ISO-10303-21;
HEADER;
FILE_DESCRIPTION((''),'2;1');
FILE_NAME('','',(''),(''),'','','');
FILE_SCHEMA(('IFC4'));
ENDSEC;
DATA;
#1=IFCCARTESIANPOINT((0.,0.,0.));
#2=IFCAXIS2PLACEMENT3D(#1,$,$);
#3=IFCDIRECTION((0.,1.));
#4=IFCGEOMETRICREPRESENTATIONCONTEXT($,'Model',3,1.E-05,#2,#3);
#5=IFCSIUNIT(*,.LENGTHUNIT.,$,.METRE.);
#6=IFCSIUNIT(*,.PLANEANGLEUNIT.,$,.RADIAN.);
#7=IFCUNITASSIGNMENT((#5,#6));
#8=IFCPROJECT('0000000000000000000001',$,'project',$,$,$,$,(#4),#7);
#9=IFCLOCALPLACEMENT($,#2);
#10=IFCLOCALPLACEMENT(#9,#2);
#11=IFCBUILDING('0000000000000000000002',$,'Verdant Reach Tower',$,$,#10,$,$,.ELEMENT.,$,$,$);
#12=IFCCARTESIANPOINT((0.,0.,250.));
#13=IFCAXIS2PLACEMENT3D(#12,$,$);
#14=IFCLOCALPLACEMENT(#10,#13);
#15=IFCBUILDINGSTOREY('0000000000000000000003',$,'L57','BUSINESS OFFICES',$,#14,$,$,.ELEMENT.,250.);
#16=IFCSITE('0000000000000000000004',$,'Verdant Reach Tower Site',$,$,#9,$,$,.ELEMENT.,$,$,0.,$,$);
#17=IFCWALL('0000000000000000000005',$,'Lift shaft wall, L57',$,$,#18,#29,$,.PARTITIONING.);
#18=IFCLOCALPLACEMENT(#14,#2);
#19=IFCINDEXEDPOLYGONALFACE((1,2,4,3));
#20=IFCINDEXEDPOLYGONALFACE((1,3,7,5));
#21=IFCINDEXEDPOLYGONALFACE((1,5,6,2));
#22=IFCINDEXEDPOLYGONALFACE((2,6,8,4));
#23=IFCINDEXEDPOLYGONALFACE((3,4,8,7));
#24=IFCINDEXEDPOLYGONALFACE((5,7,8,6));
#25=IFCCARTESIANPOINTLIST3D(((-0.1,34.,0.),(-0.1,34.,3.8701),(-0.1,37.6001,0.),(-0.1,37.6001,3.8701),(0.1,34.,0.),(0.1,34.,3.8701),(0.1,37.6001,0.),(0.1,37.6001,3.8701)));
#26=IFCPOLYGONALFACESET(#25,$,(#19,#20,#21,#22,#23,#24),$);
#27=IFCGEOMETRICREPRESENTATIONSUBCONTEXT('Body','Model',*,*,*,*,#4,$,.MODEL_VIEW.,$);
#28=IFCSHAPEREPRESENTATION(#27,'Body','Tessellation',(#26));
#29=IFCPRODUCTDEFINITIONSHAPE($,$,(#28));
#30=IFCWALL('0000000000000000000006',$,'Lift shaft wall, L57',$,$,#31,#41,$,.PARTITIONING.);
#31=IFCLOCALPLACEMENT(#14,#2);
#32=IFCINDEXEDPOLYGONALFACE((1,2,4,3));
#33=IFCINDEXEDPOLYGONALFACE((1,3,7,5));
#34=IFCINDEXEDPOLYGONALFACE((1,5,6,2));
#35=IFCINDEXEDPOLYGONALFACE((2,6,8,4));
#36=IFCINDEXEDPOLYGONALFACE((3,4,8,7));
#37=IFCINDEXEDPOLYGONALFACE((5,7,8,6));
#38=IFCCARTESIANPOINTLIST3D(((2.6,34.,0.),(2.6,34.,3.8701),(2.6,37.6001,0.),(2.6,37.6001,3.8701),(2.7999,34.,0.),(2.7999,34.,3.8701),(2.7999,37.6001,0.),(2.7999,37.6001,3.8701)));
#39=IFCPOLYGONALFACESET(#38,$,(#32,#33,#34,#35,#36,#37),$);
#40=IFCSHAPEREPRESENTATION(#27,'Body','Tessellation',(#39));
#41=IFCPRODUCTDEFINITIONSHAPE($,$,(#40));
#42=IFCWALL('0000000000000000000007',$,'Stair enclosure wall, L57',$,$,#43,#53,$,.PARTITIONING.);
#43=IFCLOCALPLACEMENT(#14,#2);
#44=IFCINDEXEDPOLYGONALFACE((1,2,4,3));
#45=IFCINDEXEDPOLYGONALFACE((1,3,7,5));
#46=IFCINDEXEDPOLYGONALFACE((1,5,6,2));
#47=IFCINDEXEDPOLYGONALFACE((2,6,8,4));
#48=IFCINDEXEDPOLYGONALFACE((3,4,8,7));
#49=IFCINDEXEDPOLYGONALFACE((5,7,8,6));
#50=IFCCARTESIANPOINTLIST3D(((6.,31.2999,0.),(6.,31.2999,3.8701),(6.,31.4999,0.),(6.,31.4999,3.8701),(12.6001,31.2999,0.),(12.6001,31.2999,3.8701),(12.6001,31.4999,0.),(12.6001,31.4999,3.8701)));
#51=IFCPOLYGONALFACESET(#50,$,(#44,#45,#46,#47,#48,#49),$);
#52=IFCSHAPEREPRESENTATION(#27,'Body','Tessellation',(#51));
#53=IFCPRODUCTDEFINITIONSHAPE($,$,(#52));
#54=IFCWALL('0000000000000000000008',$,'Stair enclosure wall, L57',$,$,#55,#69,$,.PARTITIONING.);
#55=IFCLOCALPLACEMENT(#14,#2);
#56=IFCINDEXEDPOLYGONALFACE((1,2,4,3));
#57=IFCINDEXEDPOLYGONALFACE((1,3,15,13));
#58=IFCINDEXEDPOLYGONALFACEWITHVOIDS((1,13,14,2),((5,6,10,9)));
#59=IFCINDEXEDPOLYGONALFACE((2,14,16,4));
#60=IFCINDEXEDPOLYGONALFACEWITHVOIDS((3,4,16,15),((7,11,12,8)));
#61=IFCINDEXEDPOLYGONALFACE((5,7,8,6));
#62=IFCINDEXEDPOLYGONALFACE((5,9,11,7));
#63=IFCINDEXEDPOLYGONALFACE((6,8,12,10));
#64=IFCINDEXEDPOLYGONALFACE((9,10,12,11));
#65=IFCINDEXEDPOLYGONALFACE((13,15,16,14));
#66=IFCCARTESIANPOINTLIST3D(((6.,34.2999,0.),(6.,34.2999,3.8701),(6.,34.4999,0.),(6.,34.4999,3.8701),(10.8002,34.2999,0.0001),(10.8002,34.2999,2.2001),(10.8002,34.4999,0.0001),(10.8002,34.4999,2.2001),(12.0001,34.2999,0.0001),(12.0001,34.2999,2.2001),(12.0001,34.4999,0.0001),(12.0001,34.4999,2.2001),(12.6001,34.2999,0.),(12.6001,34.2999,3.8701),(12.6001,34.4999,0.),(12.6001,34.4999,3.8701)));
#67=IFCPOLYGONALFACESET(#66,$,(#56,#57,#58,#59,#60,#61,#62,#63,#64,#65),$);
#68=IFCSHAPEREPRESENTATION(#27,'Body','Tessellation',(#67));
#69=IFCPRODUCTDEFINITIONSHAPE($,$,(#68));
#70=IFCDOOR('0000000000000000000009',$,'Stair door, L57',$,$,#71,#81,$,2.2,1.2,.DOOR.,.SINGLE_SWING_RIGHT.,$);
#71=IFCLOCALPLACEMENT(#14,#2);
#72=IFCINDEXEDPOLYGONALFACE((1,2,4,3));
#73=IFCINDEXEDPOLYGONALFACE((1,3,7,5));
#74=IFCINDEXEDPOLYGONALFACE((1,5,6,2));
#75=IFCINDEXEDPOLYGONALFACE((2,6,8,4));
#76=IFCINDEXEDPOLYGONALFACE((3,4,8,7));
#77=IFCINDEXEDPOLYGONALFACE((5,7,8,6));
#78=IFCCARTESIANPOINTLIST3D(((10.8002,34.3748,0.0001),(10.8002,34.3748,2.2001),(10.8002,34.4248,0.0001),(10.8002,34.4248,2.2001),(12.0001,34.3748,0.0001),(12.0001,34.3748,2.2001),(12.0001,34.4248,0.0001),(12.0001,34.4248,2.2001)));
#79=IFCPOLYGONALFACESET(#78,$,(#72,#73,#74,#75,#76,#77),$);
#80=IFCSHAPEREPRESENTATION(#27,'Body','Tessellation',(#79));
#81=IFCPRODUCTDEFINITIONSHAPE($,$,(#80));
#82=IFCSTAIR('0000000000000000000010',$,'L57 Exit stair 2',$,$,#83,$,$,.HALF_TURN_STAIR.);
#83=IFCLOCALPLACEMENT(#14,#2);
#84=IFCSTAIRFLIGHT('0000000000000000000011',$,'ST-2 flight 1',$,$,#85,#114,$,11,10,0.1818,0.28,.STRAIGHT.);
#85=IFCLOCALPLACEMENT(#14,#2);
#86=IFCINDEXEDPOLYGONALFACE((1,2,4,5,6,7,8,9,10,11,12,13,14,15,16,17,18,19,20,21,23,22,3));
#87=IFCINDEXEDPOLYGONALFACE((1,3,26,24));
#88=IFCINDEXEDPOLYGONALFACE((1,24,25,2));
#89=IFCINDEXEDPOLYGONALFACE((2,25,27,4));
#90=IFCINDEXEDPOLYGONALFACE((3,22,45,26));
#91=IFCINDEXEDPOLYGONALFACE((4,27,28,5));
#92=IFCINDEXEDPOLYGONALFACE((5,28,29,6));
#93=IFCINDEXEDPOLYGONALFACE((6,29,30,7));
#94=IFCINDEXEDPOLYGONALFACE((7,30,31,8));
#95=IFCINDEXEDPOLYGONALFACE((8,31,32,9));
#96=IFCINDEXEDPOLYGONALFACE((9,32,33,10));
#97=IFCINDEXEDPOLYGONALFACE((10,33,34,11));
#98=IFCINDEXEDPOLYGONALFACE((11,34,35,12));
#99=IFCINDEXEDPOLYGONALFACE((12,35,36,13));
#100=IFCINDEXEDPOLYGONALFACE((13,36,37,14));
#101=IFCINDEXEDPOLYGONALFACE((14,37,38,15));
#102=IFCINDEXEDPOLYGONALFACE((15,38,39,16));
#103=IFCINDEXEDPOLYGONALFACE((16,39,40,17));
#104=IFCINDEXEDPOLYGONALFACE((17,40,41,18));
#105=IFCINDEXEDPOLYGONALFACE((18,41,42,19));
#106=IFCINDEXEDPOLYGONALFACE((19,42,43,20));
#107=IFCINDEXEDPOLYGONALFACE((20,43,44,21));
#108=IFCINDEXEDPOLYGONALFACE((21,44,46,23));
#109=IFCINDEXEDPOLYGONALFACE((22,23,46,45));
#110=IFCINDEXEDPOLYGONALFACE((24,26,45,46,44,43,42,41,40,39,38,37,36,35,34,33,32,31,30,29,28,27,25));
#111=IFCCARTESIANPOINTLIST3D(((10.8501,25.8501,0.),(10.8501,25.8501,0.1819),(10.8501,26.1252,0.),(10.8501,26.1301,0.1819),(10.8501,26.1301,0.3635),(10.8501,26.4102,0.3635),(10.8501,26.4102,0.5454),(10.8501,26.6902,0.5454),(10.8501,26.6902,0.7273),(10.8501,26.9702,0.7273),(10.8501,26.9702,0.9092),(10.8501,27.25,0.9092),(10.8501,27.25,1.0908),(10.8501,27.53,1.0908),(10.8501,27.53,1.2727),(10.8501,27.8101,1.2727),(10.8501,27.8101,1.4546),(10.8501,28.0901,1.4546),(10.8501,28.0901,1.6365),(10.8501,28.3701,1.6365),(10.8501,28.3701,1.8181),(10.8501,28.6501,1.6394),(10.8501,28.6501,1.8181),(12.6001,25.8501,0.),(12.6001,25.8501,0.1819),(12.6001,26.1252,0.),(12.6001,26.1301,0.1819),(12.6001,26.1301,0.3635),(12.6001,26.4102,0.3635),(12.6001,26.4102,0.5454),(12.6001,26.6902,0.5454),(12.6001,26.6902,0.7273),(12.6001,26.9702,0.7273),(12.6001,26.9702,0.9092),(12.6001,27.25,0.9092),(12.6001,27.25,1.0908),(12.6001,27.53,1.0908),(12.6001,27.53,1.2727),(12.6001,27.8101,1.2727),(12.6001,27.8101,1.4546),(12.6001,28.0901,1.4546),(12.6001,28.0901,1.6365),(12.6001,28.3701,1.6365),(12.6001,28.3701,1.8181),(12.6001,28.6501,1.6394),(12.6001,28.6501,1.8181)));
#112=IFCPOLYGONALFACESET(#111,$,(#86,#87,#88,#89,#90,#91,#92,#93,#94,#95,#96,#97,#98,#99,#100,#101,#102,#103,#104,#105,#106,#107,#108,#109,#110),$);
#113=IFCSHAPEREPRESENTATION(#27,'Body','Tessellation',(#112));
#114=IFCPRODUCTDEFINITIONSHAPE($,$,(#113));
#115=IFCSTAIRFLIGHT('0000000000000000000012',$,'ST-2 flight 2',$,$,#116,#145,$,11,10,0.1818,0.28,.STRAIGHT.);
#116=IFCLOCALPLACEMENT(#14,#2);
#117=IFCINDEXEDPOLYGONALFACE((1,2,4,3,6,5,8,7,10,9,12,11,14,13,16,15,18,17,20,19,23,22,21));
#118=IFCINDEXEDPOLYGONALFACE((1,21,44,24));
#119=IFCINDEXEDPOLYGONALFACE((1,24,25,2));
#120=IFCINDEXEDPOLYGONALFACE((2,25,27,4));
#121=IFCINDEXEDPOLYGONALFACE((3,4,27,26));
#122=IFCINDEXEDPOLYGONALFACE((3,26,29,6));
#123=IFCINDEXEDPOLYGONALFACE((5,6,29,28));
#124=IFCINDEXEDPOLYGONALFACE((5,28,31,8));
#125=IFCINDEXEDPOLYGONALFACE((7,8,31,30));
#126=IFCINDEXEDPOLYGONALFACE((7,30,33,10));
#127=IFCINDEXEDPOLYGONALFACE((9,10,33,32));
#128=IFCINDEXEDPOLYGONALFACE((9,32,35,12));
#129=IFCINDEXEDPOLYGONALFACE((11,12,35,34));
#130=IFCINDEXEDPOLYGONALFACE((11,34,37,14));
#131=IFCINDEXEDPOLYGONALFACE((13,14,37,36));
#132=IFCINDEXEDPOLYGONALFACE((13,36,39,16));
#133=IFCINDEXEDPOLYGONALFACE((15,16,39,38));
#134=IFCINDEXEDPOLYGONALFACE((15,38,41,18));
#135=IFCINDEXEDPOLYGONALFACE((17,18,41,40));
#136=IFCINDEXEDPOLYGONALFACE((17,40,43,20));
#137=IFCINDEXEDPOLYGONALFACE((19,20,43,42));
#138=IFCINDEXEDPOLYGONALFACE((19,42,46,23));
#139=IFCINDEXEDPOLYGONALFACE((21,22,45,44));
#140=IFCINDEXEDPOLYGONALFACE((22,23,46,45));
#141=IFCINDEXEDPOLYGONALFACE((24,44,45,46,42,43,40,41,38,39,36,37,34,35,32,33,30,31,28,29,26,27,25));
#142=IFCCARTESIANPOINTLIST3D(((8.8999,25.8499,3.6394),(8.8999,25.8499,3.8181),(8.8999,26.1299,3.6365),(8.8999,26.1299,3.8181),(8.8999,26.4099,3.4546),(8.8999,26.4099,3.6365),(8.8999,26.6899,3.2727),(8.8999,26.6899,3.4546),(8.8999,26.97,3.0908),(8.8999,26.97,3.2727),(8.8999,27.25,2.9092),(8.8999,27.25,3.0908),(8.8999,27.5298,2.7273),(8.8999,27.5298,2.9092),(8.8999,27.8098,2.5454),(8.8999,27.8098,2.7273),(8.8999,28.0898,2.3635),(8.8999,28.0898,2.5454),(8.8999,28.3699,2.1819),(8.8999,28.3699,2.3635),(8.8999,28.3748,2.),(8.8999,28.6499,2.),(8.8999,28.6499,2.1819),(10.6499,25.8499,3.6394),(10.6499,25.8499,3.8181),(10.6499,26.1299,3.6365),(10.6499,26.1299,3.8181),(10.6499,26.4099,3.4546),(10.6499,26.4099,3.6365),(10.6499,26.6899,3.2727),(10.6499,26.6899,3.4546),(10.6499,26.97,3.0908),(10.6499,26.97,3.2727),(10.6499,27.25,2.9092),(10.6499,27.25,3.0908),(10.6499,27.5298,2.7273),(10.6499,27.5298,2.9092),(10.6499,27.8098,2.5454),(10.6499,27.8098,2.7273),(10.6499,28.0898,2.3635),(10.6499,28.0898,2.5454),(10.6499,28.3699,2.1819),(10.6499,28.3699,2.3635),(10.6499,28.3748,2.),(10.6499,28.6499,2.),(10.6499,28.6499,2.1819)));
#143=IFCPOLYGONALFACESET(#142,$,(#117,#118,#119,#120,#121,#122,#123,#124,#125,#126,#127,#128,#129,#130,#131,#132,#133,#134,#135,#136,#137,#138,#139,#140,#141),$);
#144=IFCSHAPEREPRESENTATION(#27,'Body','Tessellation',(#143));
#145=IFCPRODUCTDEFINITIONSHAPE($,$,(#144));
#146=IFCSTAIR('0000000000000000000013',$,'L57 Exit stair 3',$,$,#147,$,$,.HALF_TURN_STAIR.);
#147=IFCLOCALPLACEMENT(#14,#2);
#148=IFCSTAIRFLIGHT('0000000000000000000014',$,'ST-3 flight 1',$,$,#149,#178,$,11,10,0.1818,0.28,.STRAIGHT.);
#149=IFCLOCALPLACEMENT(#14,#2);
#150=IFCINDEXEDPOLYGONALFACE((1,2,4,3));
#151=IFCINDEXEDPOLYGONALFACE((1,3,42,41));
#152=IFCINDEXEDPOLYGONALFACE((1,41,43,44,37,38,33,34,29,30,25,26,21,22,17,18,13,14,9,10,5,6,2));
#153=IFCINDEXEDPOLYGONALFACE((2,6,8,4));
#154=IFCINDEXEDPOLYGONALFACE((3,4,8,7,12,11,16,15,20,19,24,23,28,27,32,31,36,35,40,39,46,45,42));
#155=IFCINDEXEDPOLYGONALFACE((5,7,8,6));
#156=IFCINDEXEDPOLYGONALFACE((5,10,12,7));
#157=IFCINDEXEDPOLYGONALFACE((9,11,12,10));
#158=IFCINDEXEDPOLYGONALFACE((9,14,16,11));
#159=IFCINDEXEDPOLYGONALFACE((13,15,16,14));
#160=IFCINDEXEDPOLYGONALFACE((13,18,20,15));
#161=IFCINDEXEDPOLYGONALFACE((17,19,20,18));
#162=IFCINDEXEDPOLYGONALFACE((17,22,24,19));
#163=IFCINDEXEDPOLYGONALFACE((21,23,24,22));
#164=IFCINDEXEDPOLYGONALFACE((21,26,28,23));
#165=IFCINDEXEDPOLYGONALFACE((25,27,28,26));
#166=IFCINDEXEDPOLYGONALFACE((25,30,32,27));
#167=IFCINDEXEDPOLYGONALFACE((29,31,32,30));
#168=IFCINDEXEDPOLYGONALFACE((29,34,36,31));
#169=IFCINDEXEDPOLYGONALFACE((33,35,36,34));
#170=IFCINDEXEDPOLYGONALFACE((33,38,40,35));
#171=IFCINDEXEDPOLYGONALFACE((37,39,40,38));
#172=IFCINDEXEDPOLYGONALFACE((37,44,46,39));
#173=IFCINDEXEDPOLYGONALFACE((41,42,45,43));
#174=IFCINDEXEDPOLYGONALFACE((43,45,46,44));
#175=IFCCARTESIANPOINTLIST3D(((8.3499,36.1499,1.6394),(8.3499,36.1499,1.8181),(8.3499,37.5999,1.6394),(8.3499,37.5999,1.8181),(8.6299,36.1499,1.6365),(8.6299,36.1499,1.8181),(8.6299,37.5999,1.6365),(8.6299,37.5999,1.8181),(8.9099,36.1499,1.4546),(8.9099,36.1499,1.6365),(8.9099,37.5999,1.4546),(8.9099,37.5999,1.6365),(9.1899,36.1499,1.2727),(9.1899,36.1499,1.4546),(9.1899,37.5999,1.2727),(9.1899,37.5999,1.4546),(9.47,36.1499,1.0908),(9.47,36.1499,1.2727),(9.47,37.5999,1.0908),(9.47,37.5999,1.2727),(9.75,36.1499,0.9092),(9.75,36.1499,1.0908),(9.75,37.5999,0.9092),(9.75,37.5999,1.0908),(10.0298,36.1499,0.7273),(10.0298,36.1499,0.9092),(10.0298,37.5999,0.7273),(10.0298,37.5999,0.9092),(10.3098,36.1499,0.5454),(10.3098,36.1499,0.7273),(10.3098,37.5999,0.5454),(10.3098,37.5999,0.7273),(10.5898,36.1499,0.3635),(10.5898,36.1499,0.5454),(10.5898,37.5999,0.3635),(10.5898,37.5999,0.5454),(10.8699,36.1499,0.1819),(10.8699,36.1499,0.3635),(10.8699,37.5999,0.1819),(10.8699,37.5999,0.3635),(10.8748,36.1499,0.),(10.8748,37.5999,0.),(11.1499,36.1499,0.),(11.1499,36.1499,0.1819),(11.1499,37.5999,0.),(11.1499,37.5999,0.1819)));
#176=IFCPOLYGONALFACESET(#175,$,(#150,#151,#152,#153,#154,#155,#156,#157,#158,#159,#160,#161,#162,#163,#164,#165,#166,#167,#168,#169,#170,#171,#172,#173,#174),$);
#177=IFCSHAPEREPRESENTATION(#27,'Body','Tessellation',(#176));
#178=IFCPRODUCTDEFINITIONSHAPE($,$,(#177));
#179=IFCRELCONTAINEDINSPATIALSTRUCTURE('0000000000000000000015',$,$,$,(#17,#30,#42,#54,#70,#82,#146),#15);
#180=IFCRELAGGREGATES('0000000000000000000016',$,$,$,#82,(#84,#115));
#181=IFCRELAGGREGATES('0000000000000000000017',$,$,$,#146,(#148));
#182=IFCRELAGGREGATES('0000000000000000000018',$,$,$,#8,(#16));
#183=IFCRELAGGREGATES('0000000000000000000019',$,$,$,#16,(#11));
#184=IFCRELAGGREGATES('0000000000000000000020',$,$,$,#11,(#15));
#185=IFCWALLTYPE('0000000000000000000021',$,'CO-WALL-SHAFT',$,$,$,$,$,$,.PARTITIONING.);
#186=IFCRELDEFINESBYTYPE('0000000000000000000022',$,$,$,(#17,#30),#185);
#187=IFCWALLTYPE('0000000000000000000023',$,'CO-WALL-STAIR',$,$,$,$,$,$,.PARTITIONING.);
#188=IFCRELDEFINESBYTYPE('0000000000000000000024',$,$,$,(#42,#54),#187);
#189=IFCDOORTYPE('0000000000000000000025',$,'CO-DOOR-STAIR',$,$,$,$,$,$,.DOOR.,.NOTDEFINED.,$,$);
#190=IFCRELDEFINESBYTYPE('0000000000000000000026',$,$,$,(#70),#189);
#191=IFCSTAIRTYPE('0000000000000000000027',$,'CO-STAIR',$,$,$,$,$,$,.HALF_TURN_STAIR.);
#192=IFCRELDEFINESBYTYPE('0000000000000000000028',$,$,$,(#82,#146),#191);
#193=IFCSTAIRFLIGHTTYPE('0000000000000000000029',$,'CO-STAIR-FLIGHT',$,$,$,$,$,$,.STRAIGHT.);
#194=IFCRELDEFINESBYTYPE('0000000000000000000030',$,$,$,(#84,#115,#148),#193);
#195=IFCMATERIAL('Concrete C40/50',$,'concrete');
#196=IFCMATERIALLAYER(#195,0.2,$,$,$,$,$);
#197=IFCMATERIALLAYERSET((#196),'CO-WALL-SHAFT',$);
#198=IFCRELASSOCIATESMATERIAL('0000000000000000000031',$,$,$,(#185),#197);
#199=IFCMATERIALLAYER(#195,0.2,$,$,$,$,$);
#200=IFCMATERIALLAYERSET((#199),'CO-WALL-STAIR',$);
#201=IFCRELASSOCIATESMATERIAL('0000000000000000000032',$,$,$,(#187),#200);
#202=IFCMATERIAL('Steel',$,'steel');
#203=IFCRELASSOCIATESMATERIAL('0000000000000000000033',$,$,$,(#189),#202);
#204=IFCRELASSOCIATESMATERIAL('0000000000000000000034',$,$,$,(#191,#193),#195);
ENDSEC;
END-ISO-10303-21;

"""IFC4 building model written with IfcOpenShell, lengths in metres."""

from ifc_helpers import new_model, si_unit, direction, frame, frame_2d, origin, place, context, subcontext, project, spatial, polyline, rectangle, outline, extrude, material, layer, layer_set, type_object, element, fill, aggregate, save


model = new_model("IFC4")

# Units and contexts
model_context = context("Model", 3, precision=1e-05, world=origin(), true_north=direction((0.0, 1.0)))
body_context = subcontext(model_context, "Body", "Model", "MODEL_VIEW")
ifc_project = project(units=[si_unit("LENGTHUNIT", "METRE"), si_unit("PLANEANGLEUNIT", "RADIAN")], contexts=[model_context])

# Site, building, storey
site_placement = place(None, origin())
site = spatial("IfcSite", under=ifc_project, at=site_placement, Name="Verdant Reach Tower Site", CompositionType="ELEMENT", RefElevation=0.0)
building_placement = place(site_placement, origin())
building = spatial("IfcBuilding", under=site, at=building_placement, Name="Verdant Reach Tower", CompositionType="ELEMENT")
storey_placement = place(building_placement, frame((0.0, 0.0, 250.0)))
storey = spatial("IfcBuildingStorey", under=building, at=storey_placement, Name="L57", Description="BUSINESS OFFICES", CompositionType="ELEMENT", Elevation=250.0)

# Walls
ifc_material_1 = material(Name="Concrete C40/50", Category="concrete")
ifc_layer_1 = layer(ifc_material_1, 0.2)
ifc_layer_set_1 = layer_set([ifc_layer_1], Name="CO-WALL-SHAFT")
wall_type_1 = type_object("IfcWallType", Name="CO-WALL-SHAFT", PredefinedType="PARTITIONING", material=ifc_layer_set_1)
for number, where, z_axis, x_axis, name in (
    (1, (0.0, 34.0, 0.0), (0.0, 0.0, 1.0), (0.0, 1.0, 0.0), "Lift shaft wall, L57"),
    (2, (2.7, 34.0, 0.0), (0.0, 0.0, 1.0), (0.0, 1.0, 0.0), "Lift shaft wall, L57"),
):
    element("IfcWall", number, at=place(storey_placement, frame(where, z_axis=z_axis, x_axis=x_axis)), inside=storey, type_object=wall_type_1, Name=name, PredefinedType="PARTITIONING", context=body_context, shape_type="SweptSolid", body=[
        extrude(rectangle(XDim=3.6001, YDim=0.2, at=frame_2d((1.8, 0.0))), origin(), (0.0, 0.0, 1.0), 3.8701),
    ])
ifc_layer_2 = layer(ifc_material_1, 0.2)
ifc_layer_set_2 = layer_set([ifc_layer_2], Name="CO-WALL-STAIR")
wall_type_2 = type_object("IfcWallType", Name="CO-WALL-STAIR", PredefinedType="PARTITIONING", material=ifc_layer_set_2)
wall_1_placement = place(storey_placement, frame((6.0, 31.3999, 0.0), z_axis=(0.0, 0.0, 1.0), x_axis=(1.0, 0.0, 0.0)))
element("IfcWall", 3, at=wall_1_placement, inside=storey, type_object=wall_type_2, Name="Stair enclosure wall, L57", PredefinedType="PARTITIONING", context=body_context, shape_type="SweptSolid", body=[
    extrude(rectangle(XDim=6.6001, YDim=0.2, at=frame_2d((3.3, 0.0))), origin(), (0.0, 0.0, 1.0), 3.8701),
])

# Wall, opening, door
wall_2_placement = place(storey_placement, frame((6.0, 34.3999, 0.0), z_axis=(0.0, 0.0, 1.0), x_axis=(1.0, 0.0, 0.0)))
wall_2 = element("IfcWall", 4, at=wall_2_placement, inside=storey, type_object=wall_type_2, Name="Stair enclosure wall, L57", PredefinedType="PARTITIONING", context=body_context, shape_type="SweptSolid", body=[
    extrude(rectangle(XDim=6.6001, YDim=0.2, at=frame_2d((3.3, 0.0))), origin(), (0.0, 0.0, 1.0), 3.8701),
])
opening_placement = place(wall_2_placement, frame((4.8, 0.0, 0.0)))
opening = element("IfcOpeningElement", 5, at=opening_placement, cuts=wall_2, PredefinedType="OPENING", context=body_context, shape_type="SweptSolid", body=[
    extrude(rectangle(XDim=1.2, YDim=2.2, at=frame_2d((0.6001, 1.1001))), frame((0.0, 0.1099, 0.0), z_axis=(0.0, -1.0, 0.0), x_axis=(1.0, 0.0, 0.0)), (0.0, 0.0, 1.0), 0.22),
])
ifc_material_2 = material(Name="Steel", Category="steel")
door_type = type_object("IfcDoorType", Name="CO-DOOR-STAIR", OperationType="NOTDEFINED", PredefinedType="DOOR", material=ifc_material_2)
door_placement = place(opening_placement, origin())
door = element("IfcDoor", 6, at=door_placement, inside=storey, type_object=door_type, Name="Stair door, L57", OperationType="SINGLE_SWING_RIGHT", OverallHeight=2.2, OverallWidth=1.2, PredefinedType="DOOR", context=body_context, shape_type="SweptSolid", body=[
    extrude(rectangle(XDim=1.2, YDim=2.2, at=frame_2d((0.6001, 1.1001))), frame((0.0, 0.0249, 0.0), z_axis=(0.0, -1.0, 0.0), x_axis=(1.0, 0.0, 0.0)), (0.0, 0.0, 1.0), 0.05),
])
fill(opening, door)

# Stairs, stair flights
stair_type = type_object("IfcStairType", Name="CO-STAIR", PredefinedType="HALF_TURN_STAIR", material=ifc_material_1)
stair_1_placement = place(storey_placement, origin())
stair_1 = element("IfcStair", 7, at=stair_1_placement, inside=storey, type_object=stair_type, Name="L57 Exit stair 2", PredefinedType="HALF_TURN_STAIR")
stair_flight_type = type_object("IfcStairFlightType", Name="CO-STAIR-FLIGHT", PredefinedType="STRAIGHT", material=ifc_material_1)
stair_flight_1_placement = place(storey_placement, frame((11.7251, 25.8501, 0.0), z_axis=(0.0, 0.0, 1.0), x_axis=(0.0, 1.0, 0.0)))
stair_flight_1 = element("IfcStairFlight", 8, at=stair_flight_1_placement, type_object=stair_flight_type, Name="ST-2 flight 1", NumberOfRisers=11, NumberOfTreads=10, PredefinedType="STRAIGHT", RiserHeight=0.1818, TreadLength=0.28, context=body_context, shape_type="SweptSolid", body=[
    extrude(outline(polyline([(0.0, 0.0), (0.0, 0.1819), (0.28, 0.1819), (0.28, 0.3635), (0.5601, 0.3635), (0.5601, 0.5454), (0.8401, 0.5454), (0.8401, 0.7273), (1.1201, 0.7273), (1.1201, 0.9092), (1.3999, 0.9092), (1.3999, 1.0908), (1.6799, 1.0908), (1.6799, 1.2727), (1.96, 1.2727), (1.96, 1.4546), (2.24, 1.4546), (2.24, 1.6365), (2.52, 1.6365), (2.52, 1.8181), (2.8, 1.8181), (2.8, 2.0), (2.8, 1.6394), (0.2751, 0.0), (0.0, 0.0)])), frame((0.0, 0.875, 0.0), z_axis=(0.0, -1.0, 0.0), x_axis=(1.0, 0.0, 0.0)), (0.0, 0.0, 1.0), 1.75),
])
stair_flight_2_placement = place(storey_placement, frame((9.7749, 28.6499, 2.0), z_axis=(0.0, 0.0, 1.0), x_axis=(0.0, -1.0, 0.0)))
stair_flight_2 = element("IfcStairFlight", 9, at=stair_flight_2_placement, type_object=stair_flight_type, Name="ST-2 flight 2", NumberOfRisers=11, NumberOfTreads=10, PredefinedType="STRAIGHT", RiserHeight=0.1818, TreadLength=0.28, context=body_context, shape_type="SweptSolid", body=[
    extrude(outline(polyline([(0.0, 0.0), (0.0, 0.1819), (0.28, 0.1819), (0.28, 0.3635), (0.5601, 0.3635), (0.5601, 0.5454), (0.8401, 0.5454), (0.8401, 0.7273), (1.1201, 0.7273), (1.1201, 0.9092), (1.3999, 0.9092), (1.3999, 1.0908), (1.6799, 1.0908), (1.6799, 1.2727), (1.96, 1.2727), (1.96, 1.4546), (2.24, 1.4546), (2.24, 1.6365), (2.52, 1.6365), (2.52, 1.8181), (2.8, 1.8181), (2.8, 2.0), (2.8, 1.6394), (0.2751, 0.0), (0.0, 0.0)])), frame((0.0, 0.875, 0.0), z_axis=(0.0, -1.0, 0.0), x_axis=(1.0, 0.0, 0.0)), (0.0, 0.0, 1.0), 1.75),
])
aggregate(stair_1, [stair_flight_1, stair_flight_2])
stair_2_placement = place(storey_placement, origin())
stair_2 = element("IfcStair", 10, at=stair_2_placement, inside=storey, type_object=stair_type, Name="L57 Exit stair 3", PredefinedType="HALF_TURN_STAIR")
stair_flight_3_placement = place(storey_placement, frame((11.1499, 36.875, 0.0), z_axis=(0.0, 0.0, 1.0), x_axis=(-1.0, 0.0, 0.0)))
stair_flight_3 = element("IfcStairFlight", 11, at=stair_flight_3_placement, type_object=stair_flight_type, Name="ST-3 flight 1", NumberOfRisers=11, NumberOfTreads=10, PredefinedType="STRAIGHT", RiserHeight=0.1818, TreadLength=0.28, context=body_context, shape_type="SweptSolid", body=[
    extrude(outline(polyline([(0.0, 0.0), (0.0, 0.1819), (0.28, 0.1819), (0.28, 0.3635), (0.5601, 0.3635), (0.5601, 0.5454), (0.8401, 0.5454), (0.8401, 0.7273), (1.1201, 0.7273), (1.1201, 0.9092), (1.3999, 0.9092), (1.3999, 1.0908), (1.6799, 1.0908), (1.6799, 1.2727), (1.96, 1.2727), (1.96, 1.4546), (2.24, 1.4546), (2.24, 1.6365), (2.52, 1.6365), (2.52, 1.8181), (2.8, 1.8181), (2.8, 2.0), (2.8, 1.6394), (0.2751, 0.0), (0.0, 0.0)])), frame((0.0, 0.7251, 0.0), z_axis=(0.0, -1.0, 0.0), x_axis=(1.0, 0.0, 0.0)), (0.0, 0.0, 1.0), 1.45),
])
aggregate(stair_2, [stair_flight_3])

save(model, "model.ifc")
